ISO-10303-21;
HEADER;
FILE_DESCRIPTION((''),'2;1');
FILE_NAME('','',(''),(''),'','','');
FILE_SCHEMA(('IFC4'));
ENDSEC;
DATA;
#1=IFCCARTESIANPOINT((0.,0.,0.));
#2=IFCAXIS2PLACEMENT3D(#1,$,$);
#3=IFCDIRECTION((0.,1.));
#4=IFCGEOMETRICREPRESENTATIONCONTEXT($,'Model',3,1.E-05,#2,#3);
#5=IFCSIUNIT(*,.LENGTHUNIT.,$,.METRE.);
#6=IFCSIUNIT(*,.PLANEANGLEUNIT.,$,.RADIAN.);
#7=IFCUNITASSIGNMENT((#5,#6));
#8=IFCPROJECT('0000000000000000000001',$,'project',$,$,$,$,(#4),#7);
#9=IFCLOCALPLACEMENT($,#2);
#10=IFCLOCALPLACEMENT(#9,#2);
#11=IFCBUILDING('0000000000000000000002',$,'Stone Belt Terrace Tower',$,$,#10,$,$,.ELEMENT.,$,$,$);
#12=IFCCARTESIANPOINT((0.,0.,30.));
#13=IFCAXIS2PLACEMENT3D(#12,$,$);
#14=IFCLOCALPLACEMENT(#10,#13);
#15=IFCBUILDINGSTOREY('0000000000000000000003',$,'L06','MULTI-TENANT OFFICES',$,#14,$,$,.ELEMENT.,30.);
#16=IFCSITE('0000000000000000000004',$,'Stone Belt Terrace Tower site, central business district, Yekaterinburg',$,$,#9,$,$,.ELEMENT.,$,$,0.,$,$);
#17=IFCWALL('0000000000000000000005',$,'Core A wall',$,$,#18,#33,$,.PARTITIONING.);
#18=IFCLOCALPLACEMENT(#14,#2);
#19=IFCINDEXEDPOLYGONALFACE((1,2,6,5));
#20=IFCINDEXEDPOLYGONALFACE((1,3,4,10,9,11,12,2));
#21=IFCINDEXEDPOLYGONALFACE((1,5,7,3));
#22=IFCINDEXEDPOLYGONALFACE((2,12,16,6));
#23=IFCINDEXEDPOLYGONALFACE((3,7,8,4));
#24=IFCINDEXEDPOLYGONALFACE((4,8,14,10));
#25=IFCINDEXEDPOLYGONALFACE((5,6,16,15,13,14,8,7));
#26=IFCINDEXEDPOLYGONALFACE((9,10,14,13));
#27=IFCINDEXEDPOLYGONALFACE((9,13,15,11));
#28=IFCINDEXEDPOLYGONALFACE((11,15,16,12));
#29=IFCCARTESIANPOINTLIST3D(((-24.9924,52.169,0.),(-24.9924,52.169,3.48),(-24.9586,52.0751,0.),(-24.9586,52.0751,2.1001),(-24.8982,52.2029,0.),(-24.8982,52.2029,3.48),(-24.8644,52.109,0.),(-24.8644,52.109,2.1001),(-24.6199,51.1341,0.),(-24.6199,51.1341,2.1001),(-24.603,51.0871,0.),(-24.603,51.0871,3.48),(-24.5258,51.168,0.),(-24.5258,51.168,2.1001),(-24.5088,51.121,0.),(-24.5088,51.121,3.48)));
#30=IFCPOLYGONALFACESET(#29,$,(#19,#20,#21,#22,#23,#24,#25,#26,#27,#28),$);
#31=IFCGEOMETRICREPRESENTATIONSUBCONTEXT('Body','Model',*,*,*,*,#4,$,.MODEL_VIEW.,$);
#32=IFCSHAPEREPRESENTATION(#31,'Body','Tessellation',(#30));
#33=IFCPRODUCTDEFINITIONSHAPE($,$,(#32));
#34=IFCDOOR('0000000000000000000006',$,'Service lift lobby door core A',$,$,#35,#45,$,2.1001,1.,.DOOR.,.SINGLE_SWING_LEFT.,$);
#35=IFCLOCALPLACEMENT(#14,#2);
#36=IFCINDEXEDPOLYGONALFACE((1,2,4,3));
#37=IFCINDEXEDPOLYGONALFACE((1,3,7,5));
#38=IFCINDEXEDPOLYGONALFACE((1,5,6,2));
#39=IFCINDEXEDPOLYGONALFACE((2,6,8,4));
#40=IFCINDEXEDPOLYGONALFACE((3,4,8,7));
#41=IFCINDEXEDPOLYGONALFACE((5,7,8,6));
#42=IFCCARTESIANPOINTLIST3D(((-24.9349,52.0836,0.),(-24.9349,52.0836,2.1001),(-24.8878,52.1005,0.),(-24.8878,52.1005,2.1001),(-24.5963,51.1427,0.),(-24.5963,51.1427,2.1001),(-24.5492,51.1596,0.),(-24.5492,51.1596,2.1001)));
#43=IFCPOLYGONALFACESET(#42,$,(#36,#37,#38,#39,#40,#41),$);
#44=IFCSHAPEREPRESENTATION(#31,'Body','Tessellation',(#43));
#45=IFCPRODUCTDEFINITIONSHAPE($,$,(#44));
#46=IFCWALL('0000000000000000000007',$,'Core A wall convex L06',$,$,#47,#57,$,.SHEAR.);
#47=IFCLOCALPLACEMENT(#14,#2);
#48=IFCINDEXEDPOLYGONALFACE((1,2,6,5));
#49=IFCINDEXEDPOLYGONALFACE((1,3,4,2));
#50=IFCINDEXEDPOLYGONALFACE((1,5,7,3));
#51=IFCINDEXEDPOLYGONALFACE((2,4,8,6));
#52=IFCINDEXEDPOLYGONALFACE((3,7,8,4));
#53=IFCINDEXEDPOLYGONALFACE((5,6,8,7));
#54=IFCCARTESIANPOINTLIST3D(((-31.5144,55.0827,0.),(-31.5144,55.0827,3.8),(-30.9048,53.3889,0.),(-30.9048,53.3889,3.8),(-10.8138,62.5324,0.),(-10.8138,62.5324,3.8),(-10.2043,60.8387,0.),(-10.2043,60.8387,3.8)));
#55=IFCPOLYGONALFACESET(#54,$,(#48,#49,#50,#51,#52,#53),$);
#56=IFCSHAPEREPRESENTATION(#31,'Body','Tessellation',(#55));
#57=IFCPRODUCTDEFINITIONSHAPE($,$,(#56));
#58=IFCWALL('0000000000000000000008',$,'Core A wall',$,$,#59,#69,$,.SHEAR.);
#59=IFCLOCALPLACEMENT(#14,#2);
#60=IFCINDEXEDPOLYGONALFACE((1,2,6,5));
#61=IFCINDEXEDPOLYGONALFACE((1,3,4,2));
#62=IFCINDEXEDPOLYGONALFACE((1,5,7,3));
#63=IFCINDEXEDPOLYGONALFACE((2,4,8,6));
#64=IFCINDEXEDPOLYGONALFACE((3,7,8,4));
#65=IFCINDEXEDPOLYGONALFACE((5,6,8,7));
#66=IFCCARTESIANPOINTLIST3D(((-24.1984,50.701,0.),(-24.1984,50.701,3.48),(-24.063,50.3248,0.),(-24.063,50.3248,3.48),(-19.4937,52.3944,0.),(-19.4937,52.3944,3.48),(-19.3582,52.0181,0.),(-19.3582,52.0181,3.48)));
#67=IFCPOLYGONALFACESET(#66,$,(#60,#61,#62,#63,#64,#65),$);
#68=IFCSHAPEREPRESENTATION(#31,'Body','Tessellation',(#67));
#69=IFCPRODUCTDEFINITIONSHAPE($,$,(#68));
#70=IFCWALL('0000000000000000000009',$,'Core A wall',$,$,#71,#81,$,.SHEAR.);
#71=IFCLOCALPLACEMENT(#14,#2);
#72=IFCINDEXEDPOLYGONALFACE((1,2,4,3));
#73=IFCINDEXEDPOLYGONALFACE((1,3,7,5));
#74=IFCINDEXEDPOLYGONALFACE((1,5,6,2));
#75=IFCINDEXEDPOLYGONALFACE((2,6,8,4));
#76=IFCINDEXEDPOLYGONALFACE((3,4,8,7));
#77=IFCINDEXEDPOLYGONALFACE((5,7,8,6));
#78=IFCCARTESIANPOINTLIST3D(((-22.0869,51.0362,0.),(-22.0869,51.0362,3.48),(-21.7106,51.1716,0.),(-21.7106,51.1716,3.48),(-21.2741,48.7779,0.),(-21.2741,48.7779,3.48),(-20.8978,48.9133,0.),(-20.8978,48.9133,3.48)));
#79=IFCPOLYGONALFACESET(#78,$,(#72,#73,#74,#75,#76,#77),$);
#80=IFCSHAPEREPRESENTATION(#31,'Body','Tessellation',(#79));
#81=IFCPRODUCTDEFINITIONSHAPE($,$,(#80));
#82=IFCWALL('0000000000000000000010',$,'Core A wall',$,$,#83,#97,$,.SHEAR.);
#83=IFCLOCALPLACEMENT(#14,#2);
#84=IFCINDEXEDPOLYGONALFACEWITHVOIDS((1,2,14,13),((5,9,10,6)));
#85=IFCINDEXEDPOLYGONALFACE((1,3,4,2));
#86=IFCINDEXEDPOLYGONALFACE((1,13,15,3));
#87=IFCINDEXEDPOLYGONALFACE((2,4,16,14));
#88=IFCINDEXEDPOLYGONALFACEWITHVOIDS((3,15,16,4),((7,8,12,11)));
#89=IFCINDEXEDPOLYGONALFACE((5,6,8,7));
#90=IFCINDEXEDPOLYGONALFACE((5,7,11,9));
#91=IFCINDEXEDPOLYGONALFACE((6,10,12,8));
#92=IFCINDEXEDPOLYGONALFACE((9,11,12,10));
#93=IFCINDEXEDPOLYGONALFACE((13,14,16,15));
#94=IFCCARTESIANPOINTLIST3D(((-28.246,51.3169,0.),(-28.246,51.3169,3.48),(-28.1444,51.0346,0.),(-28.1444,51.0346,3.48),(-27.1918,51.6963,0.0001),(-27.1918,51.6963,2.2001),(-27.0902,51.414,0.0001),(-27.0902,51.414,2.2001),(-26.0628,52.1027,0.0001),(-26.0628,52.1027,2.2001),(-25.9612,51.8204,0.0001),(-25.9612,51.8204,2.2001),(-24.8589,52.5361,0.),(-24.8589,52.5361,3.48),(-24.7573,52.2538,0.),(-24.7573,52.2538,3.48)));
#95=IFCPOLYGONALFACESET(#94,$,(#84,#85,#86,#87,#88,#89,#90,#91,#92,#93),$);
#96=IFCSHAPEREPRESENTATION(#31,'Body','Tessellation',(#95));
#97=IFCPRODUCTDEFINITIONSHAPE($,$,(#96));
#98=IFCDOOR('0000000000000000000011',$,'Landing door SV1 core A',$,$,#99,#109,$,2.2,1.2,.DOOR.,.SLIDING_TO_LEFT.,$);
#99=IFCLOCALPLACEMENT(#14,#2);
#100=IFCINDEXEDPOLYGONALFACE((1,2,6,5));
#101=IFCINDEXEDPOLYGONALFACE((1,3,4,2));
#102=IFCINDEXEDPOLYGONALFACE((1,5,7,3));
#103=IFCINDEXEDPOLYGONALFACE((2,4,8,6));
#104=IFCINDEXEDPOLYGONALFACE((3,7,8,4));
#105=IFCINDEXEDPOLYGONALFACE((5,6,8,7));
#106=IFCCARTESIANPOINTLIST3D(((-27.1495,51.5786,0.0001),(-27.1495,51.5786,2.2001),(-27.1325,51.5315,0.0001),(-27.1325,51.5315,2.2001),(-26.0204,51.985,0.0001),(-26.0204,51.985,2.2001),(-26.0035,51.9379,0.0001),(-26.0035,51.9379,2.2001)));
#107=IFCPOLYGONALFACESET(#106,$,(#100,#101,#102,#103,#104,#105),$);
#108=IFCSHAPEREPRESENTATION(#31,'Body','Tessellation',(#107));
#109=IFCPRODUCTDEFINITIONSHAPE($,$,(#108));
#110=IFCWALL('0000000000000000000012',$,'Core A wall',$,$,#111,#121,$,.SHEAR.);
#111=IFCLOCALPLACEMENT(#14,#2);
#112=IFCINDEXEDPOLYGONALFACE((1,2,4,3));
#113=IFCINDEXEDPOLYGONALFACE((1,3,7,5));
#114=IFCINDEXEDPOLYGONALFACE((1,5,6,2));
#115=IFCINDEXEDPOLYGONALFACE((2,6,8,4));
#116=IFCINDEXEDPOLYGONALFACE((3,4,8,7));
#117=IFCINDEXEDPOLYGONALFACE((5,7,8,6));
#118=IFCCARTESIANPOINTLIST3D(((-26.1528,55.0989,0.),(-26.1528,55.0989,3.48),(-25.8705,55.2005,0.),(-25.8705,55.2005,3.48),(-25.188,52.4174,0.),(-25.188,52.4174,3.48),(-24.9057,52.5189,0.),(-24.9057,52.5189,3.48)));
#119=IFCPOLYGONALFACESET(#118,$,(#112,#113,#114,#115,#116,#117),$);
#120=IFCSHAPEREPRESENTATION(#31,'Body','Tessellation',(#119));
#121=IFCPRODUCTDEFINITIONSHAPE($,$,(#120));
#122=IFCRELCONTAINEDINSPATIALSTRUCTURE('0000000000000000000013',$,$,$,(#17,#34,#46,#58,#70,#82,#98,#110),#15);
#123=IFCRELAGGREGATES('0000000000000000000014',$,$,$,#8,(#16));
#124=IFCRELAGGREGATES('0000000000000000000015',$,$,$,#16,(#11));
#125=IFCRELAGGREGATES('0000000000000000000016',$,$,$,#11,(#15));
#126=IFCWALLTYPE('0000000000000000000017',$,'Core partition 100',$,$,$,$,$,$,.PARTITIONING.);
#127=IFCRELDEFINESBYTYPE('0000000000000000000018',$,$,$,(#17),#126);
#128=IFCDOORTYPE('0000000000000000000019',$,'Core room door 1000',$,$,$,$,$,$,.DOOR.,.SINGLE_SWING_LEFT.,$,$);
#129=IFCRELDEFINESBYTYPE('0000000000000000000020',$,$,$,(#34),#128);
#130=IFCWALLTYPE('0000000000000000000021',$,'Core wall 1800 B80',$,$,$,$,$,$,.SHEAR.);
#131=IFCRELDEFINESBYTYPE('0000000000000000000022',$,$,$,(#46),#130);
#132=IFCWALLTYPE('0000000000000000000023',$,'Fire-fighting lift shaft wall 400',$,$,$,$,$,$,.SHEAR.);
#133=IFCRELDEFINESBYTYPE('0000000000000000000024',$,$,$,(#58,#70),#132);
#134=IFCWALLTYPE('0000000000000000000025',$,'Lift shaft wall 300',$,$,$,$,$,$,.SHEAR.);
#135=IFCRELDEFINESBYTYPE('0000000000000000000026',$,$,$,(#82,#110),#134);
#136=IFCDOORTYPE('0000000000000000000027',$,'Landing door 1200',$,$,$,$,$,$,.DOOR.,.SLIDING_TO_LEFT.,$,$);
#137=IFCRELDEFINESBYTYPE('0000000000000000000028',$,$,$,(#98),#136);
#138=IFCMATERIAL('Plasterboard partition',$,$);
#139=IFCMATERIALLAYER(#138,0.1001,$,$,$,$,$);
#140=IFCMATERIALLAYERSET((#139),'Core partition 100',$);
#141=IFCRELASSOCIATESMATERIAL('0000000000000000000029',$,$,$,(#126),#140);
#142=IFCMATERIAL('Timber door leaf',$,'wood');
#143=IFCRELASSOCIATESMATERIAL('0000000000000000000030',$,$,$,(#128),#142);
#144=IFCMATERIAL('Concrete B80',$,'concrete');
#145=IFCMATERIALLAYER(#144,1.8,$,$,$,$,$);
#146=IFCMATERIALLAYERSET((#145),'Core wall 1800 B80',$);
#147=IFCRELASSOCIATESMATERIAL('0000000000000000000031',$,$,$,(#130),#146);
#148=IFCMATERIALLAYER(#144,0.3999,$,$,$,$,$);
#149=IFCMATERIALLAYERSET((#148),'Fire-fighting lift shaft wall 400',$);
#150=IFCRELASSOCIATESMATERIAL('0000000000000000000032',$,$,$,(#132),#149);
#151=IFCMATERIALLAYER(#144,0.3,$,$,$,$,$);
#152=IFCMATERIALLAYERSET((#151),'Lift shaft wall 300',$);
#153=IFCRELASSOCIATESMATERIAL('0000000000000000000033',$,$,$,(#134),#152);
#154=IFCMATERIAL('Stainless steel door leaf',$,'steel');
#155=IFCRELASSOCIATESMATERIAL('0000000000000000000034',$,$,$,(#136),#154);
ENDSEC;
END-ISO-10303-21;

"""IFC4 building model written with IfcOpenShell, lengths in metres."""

from ifc_helpers import new_model, si_unit, direction, frame, frame_2d, origin, place, context, subcontext, project, spatial, rectangle, extrude, material, layer, layer_set, type_object, element, fill, save


model = new_model("IFC4")

# Units and contexts
model_context = context("Model", 3, precision=1e-05, world=origin(), true_north=direction((0.0, 1.0)))
body_context = subcontext(model_context, "Body", "Model", "MODEL_VIEW")
ifc_project = project(units=[si_unit("LENGTHUNIT", "METRE"), si_unit("PLANEANGLEUNIT", "RADIAN")], contexts=[model_context])

# Site, building, storey
site_placement = place(None, origin())
site = spatial("IfcSite", under=ifc_project, at=site_placement, Name="Stone Belt Terrace Tower site, central business district, Yekaterinburg", CompositionType="ELEMENT", RefElevation=0.0)
building_placement = place(site_placement, origin())
building = spatial("IfcBuilding", under=site, at=building_placement, Name="Stone Belt Terrace Tower", CompositionType="ELEMENT")
storey_placement = place(building_placement, frame((0.0, 0.0, 30.0)))
storey = spatial("IfcBuildingStorey", under=building, at=storey_placement, Name="L06", Description="MULTI-TENANT OFFICES", CompositionType="ELEMENT", Elevation=30.0)

# Wall, opening, door
ifc_material_1 = material(Name="Plasterboard partition")
ifc_layer_1 = layer(ifc_material_1, 0.1001)
ifc_layer_set_1 = layer_set([ifc_layer_1], Name="Core partition 100")
wall_type_1 = type_object("IfcWallType", Name="Core partition 100", PredefinedType="PARTITIONING", material=ifc_layer_set_1)
wall_1_placement = place(storey_placement, frame((-24.5559, 51.104, 0.0), z_axis=(0.0, 0.0, 1.0), x_axis=(-0.338622, 0.940923, 0.0)))
wall_1 = element("IfcWall", 1, at=wall_1_placement, inside=storey, type_object=wall_type_1, Name="Core A wall", PredefinedType="PARTITIONING", context=body_context, shape_type="SweptSolid", body=[
    extrude(rectangle(XDim=1.1499, YDim=0.1001, at=frame_2d((0.575, 0.0))), origin(), (0.0, 0.0, 1.0), 3.48),
])
opening_1_placement = place(wall_1_placement, frame((0.05, 0.0, 0.0)))
opening_1 = element("IfcOpeningElement", 2, at=opening_1_placement, cuts=wall_1, PredefinedType="OPENING", context=body_context, shape_type="SweptSolid", body=[
    extrude(rectangle(XDim=1.0, YDim=2.1001, at=frame_2d((0.5, 1.05))), frame((0.0, 0.0601, 0.0), z_axis=(0.0, -1.0, 0.0), x_axis=(1.0, 0.0, 0.0)), (0.0, 0.0, 1.0), 0.1201),
])
ifc_material_2 = material(Name="Timber door leaf", Category="wood")
door_type_1 = type_object("IfcDoorType", Name="Core room door 1000", OperationType="SINGLE_SWING_LEFT", PredefinedType="DOOR", material=ifc_material_2)
door_1_placement = place(opening_1_placement, origin())
door_1 = element("IfcDoor", 3, at=door_1_placement, inside=storey, type_object=door_type_1, Name="Service lift lobby door core A", OperationType="SINGLE_SWING_LEFT", OverallHeight=2.1001, OverallWidth=1.0, PredefinedType="DOOR", context=body_context, shape_type="SweptSolid", body=[
    extrude(rectangle(XDim=1.0, YDim=2.1001, at=frame_2d((0.5, 1.05))), frame((0.0, 0.0249, 0.0), z_axis=(0.0, -1.0, 0.0), x_axis=(1.0, 0.0, 0.0)), (0.0, 0.0, 1.0), 0.05),
])
fill(opening_1, door_1)

# Walls
ifc_material_3 = material(Name="Concrete B80", Category="concrete")
ifc_layer_2 = layer(ifc_material_3, 1.8)
ifc_layer_set_2 = layer_set([ifc_layer_2], Name="Core wall 1800 B80")
wall_type_2 = type_object("IfcWallType", Name="Core wall 1800 B80", PredefinedType="SHEAR", material=ifc_layer_set_2)
wall_2_placement = place(storey_placement, frame((-31.2095, 54.2358, 0.0), z_axis=(0.0, 0.0, 1.0), x_axis=(0.940923, 0.338621, 0.0)))
element("IfcWall", 4, at=wall_2_placement, inside=storey, type_object=wall_type_2, Name="Core A wall convex L06", PredefinedType="SHEAR", context=body_context, shape_type="SweptSolid", body=[
    extrude(rectangle(XDim=22.0002, YDim=1.8, at=frame_2d((11.0, 0.0))), origin(), (0.0, 0.0, 1.0), 3.8),
])
ifc_layer_3 = layer(ifc_material_3, 0.3999)
ifc_layer_set_3 = layer_set([ifc_layer_3], Name="Fire-fighting lift shaft wall 400")
wall_type_3 = type_object("IfcWallType", Name="Fire-fighting lift shaft wall 400", PredefinedType="SHEAR", material=ifc_layer_set_3)
wall_3_placement = place(storey_placement, frame((-24.1306, 50.5129, 0.0), z_axis=(0.0, 0.0, 1.0), x_axis=(0.940912, 0.338652, 0.0)))
element("IfcWall", 5, at=wall_3_placement, inside=storey, type_object=wall_type_3, Name="Core A wall", PredefinedType="SHEAR", context=body_context, shape_type="SweptSolid", body=[
    extrude(rectangle(XDim=5.0002, YDim=0.3999, at=frame_2d((2.5, 0.0))), origin(), (0.0, 0.0, 1.0), 3.48),
])
wall_4_placement = place(storey_placement, frame((-21.0859, 48.8455, 0.0), z_axis=(0.0, 0.0, 1.0), x_axis=(-0.338629, 0.94092, 0.0)))
element("IfcWall", 6, at=wall_4_placement, inside=storey, type_object=wall_type_3, Name="Core A wall", PredefinedType="SHEAR", context=body_context, shape_type="SweptSolid", body=[
    extrude(rectangle(XDim=2.4001, YDim=0.3999, at=frame_2d((1.2002, 0.0))), origin(), (0.0, 0.0, 1.0), 3.48),
])

# Wall, opening, door
ifc_layer_4 = layer(ifc_material_3, 0.3)
ifc_layer_set_4 = layer_set([ifc_layer_4], Name="Lift shaft wall 300")
wall_type_4 = type_object("IfcWallType", Name="Lift shaft wall 300", PredefinedType="SHEAR", material=ifc_layer_set_4)
wall_5_placement = place(storey_placement, frame((-28.1951, 51.1758, 0.0), z_axis=(0.0, 0.0, 1.0), x_axis=(0.940901, 0.338681, 0.0)))
wall_5 = element("IfcWall", 7, at=wall_5_placement, inside=storey, type_object=wall_type_4, Name="Core A wall", PredefinedType="SHEAR", context=body_context, shape_type="SweptSolid", body=[
    extrude(rectangle(XDim=3.5999, YDim=0.3, at=frame_2d((1.7998, 0.0))), origin(), (0.0, 0.0, 1.0), 3.48),
])
opening_2_placement = place(wall_5_placement, frame((1.1201, 0.0, 0.0)))
opening_2 = element("IfcOpeningElement", 8, at=opening_2_placement, cuts=wall_5, PredefinedType="OPENING", context=body_context, shape_type="SweptSolid", body=[
    extrude(rectangle(XDim=1.2, YDim=2.2, at=frame_2d((0.6001, 1.1001))), frame((0.0, 0.1599, 0.0), z_axis=(0.0, -1.0, 0.0), x_axis=(1.0, 0.0, 0.0)), (0.0, 0.0, 1.0), 0.3201),
])
ifc_material_4 = material(Name="Stainless steel door leaf", Category="steel")
door_type_2 = type_object("IfcDoorType", Name="Landing door 1200", OperationType="SLIDING_TO_LEFT", PredefinedType="DOOR", material=ifc_material_4)
door_2_placement = place(opening_2_placement, origin())
door_2 = element("IfcDoor", 9, at=door_2_placement, inside=storey, type_object=door_type_2, Name="Landing door SV1 core A", OperationType="SLIDING_TO_LEFT", OverallHeight=2.2, OverallWidth=1.2, PredefinedType="DOOR", context=body_context, shape_type="SweptSolid", body=[
    extrude(rectangle(XDim=1.2, YDim=2.2, at=frame_2d((0.6001, 1.1001))), frame((0.0, 0.0249, 0.0), z_axis=(0.0, -1.0, 0.0), x_axis=(1.0, 0.0, 0.0)), (0.0, 0.0, 1.0), 0.05),
])
fill(opening_2, door_2)

# Wall
wall_6_placement = place(storey_placement, frame((-25.0469, 52.4683, 0.0), z_axis=(0.0, 0.0, 1.0), x_axis=(-0.33855, 0.940949, 0.0)))
element("IfcWall", 10, at=wall_6_placement, inside=storey, type_object=wall_type_4, Name="Core A wall", PredefinedType="SHEAR", context=body_context, shape_type="SweptSolid", body=[
    extrude(rectangle(XDim=2.8499, YDim=0.3, at=frame_2d((1.4248, 0.0))), origin(), (0.0, 0.0, 1.0), 3.48),
])

save(model, "model.ifc")
